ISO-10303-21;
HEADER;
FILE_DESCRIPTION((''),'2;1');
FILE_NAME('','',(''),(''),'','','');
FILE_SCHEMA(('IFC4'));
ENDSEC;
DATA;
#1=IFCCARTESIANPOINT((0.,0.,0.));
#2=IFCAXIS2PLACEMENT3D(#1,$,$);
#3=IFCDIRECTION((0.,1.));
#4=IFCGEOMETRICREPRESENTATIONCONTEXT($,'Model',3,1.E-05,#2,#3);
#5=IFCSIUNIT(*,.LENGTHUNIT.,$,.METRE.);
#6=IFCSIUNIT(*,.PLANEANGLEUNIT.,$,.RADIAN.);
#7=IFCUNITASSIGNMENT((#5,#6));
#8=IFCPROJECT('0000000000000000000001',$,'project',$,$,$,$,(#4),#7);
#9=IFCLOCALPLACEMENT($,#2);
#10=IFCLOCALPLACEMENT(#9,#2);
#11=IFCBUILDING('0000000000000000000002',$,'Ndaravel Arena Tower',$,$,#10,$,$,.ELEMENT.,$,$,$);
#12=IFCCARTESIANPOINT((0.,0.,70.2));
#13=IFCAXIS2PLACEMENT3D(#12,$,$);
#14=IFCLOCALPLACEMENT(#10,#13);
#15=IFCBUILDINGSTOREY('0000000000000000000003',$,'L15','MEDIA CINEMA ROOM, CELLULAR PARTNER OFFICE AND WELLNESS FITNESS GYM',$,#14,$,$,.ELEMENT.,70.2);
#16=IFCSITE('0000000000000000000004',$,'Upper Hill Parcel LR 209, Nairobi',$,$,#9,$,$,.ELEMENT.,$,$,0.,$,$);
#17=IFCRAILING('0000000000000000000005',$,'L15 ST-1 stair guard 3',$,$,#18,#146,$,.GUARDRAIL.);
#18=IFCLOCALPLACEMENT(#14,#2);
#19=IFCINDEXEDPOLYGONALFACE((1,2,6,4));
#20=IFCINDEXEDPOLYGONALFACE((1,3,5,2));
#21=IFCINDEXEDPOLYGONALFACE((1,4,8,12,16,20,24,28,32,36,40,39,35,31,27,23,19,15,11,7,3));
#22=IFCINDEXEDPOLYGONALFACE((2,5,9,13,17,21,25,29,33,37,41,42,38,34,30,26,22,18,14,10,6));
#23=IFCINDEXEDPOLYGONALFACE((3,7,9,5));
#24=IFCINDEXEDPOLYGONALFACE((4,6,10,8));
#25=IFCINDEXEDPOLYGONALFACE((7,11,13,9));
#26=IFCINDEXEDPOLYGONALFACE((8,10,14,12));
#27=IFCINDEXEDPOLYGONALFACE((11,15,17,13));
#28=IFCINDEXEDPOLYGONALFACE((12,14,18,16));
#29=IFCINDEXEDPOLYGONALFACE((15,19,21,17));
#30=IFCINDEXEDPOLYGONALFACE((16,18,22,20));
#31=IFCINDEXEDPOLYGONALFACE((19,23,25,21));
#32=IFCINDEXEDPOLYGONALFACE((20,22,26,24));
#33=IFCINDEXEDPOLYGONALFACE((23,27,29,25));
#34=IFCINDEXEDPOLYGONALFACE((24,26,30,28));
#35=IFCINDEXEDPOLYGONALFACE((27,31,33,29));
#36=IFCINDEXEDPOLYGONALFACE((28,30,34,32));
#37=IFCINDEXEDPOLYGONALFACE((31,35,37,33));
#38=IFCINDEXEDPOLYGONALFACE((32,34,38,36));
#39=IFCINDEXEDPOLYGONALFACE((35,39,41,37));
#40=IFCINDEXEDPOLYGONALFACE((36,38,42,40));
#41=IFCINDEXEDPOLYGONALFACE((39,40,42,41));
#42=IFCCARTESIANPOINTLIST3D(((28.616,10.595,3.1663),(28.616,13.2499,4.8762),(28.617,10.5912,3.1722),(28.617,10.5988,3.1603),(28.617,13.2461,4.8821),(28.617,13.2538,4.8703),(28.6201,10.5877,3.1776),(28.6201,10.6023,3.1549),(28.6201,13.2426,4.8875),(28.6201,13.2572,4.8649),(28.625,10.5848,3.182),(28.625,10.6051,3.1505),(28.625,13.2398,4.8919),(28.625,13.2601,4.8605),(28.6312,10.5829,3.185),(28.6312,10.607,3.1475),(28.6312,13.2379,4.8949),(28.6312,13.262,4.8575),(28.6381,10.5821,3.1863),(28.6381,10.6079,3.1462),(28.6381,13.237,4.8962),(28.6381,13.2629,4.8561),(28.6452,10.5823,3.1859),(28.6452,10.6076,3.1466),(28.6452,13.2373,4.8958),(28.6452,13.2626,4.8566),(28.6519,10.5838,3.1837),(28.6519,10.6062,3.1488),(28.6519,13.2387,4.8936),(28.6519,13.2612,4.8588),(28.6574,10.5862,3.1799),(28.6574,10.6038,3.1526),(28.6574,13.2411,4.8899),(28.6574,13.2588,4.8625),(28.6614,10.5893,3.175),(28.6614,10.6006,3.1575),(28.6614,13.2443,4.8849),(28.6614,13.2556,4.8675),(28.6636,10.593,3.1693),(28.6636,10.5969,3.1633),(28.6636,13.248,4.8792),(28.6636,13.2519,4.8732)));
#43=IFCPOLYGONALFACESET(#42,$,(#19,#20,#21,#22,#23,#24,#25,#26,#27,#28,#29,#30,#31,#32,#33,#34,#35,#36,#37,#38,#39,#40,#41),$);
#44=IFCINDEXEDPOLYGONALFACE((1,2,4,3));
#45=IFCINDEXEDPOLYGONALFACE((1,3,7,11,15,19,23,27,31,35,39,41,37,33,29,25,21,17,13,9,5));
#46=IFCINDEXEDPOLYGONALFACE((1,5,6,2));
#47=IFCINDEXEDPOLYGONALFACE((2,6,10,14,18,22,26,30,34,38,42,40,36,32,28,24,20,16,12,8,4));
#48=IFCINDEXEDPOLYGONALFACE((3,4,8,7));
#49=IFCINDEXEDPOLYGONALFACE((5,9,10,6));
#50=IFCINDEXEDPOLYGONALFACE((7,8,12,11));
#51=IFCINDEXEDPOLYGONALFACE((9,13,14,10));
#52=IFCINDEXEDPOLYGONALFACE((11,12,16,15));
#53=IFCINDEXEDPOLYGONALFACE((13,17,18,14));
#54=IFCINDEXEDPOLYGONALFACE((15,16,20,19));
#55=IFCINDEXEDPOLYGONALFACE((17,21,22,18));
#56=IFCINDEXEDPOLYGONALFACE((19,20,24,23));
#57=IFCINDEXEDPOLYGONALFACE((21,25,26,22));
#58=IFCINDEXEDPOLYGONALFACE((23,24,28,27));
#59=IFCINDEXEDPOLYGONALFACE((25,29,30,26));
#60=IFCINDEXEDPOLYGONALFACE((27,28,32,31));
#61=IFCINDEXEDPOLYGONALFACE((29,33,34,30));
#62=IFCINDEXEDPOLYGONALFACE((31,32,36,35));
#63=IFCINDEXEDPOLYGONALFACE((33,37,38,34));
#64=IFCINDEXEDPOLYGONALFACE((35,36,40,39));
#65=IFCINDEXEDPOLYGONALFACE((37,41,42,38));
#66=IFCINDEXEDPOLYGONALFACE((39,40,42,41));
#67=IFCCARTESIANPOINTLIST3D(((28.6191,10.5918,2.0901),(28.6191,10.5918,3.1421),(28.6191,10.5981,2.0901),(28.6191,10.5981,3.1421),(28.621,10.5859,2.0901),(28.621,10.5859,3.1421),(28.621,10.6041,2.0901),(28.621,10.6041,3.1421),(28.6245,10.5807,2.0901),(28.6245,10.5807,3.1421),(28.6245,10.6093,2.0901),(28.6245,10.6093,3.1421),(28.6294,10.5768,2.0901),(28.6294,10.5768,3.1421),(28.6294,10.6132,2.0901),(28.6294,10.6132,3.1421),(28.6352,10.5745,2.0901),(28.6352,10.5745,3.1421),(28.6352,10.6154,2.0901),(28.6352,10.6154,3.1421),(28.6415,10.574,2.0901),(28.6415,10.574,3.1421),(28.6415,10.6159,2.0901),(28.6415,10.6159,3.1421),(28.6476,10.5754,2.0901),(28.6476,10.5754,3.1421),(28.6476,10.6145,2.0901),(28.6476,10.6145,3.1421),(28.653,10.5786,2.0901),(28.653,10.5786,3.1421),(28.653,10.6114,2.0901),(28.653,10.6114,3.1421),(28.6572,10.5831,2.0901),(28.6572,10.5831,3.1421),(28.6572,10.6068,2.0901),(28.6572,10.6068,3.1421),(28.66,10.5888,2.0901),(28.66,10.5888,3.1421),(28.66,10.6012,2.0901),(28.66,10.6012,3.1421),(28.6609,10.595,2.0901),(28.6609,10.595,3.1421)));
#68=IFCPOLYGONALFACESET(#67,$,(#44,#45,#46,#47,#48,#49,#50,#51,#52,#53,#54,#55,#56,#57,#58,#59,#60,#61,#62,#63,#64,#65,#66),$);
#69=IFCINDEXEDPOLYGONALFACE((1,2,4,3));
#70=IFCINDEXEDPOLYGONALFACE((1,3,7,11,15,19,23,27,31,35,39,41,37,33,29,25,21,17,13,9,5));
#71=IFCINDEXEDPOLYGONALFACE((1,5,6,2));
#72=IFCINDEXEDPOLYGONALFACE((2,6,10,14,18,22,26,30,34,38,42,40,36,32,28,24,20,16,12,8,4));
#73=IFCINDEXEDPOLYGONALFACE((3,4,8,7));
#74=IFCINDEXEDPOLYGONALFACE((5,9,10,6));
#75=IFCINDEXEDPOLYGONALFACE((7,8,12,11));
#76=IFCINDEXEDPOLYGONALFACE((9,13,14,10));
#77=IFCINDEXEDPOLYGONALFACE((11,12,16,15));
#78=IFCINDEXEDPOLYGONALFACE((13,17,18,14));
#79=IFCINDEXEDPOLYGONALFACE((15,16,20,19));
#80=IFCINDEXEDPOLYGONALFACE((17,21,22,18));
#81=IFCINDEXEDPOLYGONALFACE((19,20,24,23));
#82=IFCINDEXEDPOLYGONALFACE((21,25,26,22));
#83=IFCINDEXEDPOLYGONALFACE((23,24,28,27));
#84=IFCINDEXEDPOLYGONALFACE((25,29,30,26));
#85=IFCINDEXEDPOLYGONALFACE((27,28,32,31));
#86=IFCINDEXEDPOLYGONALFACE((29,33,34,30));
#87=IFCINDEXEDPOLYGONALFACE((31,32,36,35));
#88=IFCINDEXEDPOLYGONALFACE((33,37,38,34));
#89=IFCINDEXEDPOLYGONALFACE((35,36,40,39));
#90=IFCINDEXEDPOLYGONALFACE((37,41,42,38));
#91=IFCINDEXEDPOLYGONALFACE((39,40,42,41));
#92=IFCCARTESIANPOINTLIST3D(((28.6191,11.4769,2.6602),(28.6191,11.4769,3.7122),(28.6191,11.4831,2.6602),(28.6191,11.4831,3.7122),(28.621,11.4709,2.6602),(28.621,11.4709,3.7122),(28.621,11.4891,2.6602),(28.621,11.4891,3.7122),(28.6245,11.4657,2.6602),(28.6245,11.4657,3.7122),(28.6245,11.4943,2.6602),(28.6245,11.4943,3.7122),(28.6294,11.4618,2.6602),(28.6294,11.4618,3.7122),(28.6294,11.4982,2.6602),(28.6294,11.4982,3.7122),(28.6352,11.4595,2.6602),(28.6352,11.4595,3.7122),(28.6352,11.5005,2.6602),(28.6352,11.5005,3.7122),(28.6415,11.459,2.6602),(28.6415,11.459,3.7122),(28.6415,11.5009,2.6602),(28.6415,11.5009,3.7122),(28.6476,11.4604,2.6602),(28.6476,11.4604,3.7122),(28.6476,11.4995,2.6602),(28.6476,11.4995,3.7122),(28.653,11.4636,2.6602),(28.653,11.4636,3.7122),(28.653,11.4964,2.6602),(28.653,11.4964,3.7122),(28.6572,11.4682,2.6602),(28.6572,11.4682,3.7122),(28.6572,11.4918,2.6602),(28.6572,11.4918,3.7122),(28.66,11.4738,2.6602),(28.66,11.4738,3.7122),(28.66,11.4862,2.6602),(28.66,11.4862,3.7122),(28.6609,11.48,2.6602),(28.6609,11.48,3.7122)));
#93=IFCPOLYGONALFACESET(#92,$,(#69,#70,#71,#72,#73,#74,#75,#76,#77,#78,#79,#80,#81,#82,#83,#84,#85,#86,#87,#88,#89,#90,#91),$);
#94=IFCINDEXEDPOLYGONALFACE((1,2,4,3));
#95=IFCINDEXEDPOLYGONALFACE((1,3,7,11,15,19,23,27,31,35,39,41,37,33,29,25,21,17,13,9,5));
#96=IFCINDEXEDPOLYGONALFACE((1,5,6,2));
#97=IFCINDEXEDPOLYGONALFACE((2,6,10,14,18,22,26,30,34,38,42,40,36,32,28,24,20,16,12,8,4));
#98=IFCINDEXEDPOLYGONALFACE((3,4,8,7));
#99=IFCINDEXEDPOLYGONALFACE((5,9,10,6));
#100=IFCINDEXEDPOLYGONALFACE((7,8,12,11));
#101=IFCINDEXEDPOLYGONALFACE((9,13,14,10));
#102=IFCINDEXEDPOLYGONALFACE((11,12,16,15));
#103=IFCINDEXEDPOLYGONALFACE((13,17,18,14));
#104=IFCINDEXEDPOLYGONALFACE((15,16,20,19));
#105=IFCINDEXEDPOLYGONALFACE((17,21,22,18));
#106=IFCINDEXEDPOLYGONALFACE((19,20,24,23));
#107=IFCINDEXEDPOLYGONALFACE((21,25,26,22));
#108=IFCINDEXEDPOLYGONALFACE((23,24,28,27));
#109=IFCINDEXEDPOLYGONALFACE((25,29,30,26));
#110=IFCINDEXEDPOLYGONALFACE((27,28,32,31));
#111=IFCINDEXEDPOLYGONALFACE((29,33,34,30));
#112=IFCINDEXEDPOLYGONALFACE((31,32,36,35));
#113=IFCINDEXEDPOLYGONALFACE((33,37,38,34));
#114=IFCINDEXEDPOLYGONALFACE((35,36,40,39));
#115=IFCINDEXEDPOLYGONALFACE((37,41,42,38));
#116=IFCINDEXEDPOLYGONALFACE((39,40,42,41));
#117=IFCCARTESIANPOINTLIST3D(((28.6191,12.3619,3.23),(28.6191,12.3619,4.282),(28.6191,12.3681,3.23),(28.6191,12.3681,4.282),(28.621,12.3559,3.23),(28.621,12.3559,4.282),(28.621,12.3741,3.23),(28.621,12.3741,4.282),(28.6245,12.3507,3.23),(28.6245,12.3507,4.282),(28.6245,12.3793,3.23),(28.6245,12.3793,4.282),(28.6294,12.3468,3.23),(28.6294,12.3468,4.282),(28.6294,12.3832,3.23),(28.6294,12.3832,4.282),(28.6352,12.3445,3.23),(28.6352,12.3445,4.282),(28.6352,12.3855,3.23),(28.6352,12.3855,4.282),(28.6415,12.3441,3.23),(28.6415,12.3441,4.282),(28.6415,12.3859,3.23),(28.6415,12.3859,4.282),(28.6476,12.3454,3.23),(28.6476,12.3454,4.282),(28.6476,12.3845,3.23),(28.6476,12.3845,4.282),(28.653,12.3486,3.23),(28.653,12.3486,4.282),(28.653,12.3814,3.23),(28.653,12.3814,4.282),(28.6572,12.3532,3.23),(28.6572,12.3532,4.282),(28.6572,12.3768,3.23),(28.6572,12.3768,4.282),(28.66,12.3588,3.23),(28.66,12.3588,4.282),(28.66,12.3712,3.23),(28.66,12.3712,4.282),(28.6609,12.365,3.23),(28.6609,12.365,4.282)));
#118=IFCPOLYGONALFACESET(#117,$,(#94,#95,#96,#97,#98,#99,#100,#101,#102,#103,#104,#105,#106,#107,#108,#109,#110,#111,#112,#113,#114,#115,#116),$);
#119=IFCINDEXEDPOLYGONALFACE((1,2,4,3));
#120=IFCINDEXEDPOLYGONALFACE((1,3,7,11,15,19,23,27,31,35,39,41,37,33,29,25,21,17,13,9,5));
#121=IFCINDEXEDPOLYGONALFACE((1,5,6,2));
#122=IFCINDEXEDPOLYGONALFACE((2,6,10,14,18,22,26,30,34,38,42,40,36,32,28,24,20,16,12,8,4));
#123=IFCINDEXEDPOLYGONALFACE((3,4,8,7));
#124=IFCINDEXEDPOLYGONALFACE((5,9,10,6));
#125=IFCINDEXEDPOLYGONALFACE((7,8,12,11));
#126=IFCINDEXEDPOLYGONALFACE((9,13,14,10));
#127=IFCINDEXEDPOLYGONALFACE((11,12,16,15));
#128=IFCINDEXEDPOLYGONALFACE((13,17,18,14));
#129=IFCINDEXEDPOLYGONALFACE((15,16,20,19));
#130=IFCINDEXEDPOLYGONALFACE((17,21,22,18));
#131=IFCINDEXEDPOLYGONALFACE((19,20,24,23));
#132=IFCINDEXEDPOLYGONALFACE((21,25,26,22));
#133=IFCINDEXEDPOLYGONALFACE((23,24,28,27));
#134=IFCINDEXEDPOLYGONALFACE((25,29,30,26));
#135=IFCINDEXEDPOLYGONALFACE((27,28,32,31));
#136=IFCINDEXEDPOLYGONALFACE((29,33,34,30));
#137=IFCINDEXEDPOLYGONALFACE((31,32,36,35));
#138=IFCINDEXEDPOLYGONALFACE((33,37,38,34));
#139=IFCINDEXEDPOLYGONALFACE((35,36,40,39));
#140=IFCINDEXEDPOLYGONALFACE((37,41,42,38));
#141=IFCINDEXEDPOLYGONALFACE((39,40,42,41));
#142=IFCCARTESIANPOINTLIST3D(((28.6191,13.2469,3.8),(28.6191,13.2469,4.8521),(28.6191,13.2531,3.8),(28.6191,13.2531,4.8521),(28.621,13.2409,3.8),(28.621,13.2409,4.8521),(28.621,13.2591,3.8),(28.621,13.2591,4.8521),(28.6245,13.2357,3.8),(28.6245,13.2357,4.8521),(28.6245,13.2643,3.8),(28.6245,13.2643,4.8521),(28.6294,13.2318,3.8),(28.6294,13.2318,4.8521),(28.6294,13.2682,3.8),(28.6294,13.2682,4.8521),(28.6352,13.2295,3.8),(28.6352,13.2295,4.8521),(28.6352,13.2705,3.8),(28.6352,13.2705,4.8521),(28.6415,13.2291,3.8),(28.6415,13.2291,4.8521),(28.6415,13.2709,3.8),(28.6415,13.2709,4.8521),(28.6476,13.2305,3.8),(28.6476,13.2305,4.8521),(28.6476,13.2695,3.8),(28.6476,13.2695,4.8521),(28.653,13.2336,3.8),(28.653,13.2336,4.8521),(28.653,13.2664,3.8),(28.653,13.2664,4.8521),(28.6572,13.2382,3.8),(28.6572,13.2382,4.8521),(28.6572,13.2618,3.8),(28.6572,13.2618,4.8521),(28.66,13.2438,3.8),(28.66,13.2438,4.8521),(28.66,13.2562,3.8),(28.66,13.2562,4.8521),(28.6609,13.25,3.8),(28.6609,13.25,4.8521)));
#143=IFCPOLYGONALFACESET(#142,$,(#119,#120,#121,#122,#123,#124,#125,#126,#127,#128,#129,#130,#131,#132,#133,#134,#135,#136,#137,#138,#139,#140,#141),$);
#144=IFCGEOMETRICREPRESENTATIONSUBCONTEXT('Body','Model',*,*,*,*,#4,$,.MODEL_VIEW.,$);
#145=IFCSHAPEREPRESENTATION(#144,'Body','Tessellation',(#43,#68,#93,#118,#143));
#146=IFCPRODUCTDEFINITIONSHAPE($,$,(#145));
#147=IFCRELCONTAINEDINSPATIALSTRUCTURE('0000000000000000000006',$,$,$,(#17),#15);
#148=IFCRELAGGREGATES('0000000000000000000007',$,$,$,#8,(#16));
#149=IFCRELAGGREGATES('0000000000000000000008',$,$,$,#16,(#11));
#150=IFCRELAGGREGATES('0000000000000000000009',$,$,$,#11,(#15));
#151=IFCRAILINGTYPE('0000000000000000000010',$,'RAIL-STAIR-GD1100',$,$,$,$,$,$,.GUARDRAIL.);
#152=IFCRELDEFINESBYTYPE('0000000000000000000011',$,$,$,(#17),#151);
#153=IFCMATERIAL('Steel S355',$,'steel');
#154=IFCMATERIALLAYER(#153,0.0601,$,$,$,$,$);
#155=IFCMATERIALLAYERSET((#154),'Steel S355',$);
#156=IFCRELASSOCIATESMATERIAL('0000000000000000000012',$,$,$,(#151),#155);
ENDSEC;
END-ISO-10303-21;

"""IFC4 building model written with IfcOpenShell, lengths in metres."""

from ifc_helpers import new_model, si_unit, direction, frame, origin, origin_2d, place, context, subcontext, project, spatial, circle, extrude, material, layer, layer_set, type_object, element, save


model = new_model("IFC4")

# Units and contexts
model_context = context("Model", 3, precision=1e-05, world=origin(), true_north=direction((0.0, 1.0)))
body_context = subcontext(model_context, "Body", "Model", "MODEL_VIEW")
ifc_project = project(units=[si_unit("LENGTHUNIT", "METRE"), si_unit("PLANEANGLEUNIT", "RADIAN")], contexts=[model_context])

# Site, building, storey
site_placement = place(None, origin())
site = spatial("IfcSite", under=ifc_project, at=site_placement, Name="Upper Hill Parcel LR 209, Nairobi", CompositionType="ELEMENT", RefElevation=0.0)
building_placement = place(site_placement, origin())
building = spatial("IfcBuilding", under=site, at=building_placement, Name="Ndaravel Arena Tower", CompositionType="ELEMENT")
storey_placement = place(building_placement, frame((0.0, 0.0, 70.2)))
storey = spatial("IfcBuildingStorey", under=building, at=storey_placement, Name="L15", Description="MEDIA CINEMA ROOM, CELLULAR PARTNER OFFICE AND WELLNESS FITNESS GYM", CompositionType="ELEMENT", Elevation=70.2)

# Railing
ifc_material_1 = material(Name="Steel S355", Category="steel")
ifc_layer_1 = layer(ifc_material_1, 0.0601)
ifc_layer_set_1 = layer_set([ifc_layer_1], Name="Steel S355")
railing_type_1 = type_object("IfcRailingType", Name="RAIL-STAIR-GD1100", PredefinedType="GUARDRAIL", material=ifc_layer_set_1)
railing_1_placement = place(storey_placement, frame((28.6399, 10.595, 2.0901)))
element("IfcRailing", 1, at=railing_1_placement, inside=storey, type_object=railing_type_1, Name="L15 ST-1 stair guard 3", PredefinedType="GUARDRAIL", context=body_context, shape_type="SweptSolid", body=[
    extrude(circle(Radius=0.0239, at=origin_2d()), frame((0.0, 0.0, 1.0762), z_axis=(0.0, 0.840724, 0.541465), x_axis=(-1.0, 0.0, 0.0)), (0.0, 0.0, 1.0), 3.158),
    extrude(circle(Radius=0.021, at=origin_2d()), origin(), (0.0, 0.0, 1.0), 1.052),
    extrude(circle(Radius=0.021, at=origin_2d()), frame((0.0, 0.885, 0.5701)), (0.0, 0.0, 1.0), 1.052),
    extrude(circle(Radius=0.021, at=origin_2d()), frame((0.0, 1.77, 1.1399)), (0.0, 0.0, 1.0), 1.052),
    extrude(circle(Radius=0.021, at=origin_2d()), frame((0.0, 2.655, 1.71)), (0.0, 0.0, 1.0), 1.052),
])

save(model, "model.ifc")
